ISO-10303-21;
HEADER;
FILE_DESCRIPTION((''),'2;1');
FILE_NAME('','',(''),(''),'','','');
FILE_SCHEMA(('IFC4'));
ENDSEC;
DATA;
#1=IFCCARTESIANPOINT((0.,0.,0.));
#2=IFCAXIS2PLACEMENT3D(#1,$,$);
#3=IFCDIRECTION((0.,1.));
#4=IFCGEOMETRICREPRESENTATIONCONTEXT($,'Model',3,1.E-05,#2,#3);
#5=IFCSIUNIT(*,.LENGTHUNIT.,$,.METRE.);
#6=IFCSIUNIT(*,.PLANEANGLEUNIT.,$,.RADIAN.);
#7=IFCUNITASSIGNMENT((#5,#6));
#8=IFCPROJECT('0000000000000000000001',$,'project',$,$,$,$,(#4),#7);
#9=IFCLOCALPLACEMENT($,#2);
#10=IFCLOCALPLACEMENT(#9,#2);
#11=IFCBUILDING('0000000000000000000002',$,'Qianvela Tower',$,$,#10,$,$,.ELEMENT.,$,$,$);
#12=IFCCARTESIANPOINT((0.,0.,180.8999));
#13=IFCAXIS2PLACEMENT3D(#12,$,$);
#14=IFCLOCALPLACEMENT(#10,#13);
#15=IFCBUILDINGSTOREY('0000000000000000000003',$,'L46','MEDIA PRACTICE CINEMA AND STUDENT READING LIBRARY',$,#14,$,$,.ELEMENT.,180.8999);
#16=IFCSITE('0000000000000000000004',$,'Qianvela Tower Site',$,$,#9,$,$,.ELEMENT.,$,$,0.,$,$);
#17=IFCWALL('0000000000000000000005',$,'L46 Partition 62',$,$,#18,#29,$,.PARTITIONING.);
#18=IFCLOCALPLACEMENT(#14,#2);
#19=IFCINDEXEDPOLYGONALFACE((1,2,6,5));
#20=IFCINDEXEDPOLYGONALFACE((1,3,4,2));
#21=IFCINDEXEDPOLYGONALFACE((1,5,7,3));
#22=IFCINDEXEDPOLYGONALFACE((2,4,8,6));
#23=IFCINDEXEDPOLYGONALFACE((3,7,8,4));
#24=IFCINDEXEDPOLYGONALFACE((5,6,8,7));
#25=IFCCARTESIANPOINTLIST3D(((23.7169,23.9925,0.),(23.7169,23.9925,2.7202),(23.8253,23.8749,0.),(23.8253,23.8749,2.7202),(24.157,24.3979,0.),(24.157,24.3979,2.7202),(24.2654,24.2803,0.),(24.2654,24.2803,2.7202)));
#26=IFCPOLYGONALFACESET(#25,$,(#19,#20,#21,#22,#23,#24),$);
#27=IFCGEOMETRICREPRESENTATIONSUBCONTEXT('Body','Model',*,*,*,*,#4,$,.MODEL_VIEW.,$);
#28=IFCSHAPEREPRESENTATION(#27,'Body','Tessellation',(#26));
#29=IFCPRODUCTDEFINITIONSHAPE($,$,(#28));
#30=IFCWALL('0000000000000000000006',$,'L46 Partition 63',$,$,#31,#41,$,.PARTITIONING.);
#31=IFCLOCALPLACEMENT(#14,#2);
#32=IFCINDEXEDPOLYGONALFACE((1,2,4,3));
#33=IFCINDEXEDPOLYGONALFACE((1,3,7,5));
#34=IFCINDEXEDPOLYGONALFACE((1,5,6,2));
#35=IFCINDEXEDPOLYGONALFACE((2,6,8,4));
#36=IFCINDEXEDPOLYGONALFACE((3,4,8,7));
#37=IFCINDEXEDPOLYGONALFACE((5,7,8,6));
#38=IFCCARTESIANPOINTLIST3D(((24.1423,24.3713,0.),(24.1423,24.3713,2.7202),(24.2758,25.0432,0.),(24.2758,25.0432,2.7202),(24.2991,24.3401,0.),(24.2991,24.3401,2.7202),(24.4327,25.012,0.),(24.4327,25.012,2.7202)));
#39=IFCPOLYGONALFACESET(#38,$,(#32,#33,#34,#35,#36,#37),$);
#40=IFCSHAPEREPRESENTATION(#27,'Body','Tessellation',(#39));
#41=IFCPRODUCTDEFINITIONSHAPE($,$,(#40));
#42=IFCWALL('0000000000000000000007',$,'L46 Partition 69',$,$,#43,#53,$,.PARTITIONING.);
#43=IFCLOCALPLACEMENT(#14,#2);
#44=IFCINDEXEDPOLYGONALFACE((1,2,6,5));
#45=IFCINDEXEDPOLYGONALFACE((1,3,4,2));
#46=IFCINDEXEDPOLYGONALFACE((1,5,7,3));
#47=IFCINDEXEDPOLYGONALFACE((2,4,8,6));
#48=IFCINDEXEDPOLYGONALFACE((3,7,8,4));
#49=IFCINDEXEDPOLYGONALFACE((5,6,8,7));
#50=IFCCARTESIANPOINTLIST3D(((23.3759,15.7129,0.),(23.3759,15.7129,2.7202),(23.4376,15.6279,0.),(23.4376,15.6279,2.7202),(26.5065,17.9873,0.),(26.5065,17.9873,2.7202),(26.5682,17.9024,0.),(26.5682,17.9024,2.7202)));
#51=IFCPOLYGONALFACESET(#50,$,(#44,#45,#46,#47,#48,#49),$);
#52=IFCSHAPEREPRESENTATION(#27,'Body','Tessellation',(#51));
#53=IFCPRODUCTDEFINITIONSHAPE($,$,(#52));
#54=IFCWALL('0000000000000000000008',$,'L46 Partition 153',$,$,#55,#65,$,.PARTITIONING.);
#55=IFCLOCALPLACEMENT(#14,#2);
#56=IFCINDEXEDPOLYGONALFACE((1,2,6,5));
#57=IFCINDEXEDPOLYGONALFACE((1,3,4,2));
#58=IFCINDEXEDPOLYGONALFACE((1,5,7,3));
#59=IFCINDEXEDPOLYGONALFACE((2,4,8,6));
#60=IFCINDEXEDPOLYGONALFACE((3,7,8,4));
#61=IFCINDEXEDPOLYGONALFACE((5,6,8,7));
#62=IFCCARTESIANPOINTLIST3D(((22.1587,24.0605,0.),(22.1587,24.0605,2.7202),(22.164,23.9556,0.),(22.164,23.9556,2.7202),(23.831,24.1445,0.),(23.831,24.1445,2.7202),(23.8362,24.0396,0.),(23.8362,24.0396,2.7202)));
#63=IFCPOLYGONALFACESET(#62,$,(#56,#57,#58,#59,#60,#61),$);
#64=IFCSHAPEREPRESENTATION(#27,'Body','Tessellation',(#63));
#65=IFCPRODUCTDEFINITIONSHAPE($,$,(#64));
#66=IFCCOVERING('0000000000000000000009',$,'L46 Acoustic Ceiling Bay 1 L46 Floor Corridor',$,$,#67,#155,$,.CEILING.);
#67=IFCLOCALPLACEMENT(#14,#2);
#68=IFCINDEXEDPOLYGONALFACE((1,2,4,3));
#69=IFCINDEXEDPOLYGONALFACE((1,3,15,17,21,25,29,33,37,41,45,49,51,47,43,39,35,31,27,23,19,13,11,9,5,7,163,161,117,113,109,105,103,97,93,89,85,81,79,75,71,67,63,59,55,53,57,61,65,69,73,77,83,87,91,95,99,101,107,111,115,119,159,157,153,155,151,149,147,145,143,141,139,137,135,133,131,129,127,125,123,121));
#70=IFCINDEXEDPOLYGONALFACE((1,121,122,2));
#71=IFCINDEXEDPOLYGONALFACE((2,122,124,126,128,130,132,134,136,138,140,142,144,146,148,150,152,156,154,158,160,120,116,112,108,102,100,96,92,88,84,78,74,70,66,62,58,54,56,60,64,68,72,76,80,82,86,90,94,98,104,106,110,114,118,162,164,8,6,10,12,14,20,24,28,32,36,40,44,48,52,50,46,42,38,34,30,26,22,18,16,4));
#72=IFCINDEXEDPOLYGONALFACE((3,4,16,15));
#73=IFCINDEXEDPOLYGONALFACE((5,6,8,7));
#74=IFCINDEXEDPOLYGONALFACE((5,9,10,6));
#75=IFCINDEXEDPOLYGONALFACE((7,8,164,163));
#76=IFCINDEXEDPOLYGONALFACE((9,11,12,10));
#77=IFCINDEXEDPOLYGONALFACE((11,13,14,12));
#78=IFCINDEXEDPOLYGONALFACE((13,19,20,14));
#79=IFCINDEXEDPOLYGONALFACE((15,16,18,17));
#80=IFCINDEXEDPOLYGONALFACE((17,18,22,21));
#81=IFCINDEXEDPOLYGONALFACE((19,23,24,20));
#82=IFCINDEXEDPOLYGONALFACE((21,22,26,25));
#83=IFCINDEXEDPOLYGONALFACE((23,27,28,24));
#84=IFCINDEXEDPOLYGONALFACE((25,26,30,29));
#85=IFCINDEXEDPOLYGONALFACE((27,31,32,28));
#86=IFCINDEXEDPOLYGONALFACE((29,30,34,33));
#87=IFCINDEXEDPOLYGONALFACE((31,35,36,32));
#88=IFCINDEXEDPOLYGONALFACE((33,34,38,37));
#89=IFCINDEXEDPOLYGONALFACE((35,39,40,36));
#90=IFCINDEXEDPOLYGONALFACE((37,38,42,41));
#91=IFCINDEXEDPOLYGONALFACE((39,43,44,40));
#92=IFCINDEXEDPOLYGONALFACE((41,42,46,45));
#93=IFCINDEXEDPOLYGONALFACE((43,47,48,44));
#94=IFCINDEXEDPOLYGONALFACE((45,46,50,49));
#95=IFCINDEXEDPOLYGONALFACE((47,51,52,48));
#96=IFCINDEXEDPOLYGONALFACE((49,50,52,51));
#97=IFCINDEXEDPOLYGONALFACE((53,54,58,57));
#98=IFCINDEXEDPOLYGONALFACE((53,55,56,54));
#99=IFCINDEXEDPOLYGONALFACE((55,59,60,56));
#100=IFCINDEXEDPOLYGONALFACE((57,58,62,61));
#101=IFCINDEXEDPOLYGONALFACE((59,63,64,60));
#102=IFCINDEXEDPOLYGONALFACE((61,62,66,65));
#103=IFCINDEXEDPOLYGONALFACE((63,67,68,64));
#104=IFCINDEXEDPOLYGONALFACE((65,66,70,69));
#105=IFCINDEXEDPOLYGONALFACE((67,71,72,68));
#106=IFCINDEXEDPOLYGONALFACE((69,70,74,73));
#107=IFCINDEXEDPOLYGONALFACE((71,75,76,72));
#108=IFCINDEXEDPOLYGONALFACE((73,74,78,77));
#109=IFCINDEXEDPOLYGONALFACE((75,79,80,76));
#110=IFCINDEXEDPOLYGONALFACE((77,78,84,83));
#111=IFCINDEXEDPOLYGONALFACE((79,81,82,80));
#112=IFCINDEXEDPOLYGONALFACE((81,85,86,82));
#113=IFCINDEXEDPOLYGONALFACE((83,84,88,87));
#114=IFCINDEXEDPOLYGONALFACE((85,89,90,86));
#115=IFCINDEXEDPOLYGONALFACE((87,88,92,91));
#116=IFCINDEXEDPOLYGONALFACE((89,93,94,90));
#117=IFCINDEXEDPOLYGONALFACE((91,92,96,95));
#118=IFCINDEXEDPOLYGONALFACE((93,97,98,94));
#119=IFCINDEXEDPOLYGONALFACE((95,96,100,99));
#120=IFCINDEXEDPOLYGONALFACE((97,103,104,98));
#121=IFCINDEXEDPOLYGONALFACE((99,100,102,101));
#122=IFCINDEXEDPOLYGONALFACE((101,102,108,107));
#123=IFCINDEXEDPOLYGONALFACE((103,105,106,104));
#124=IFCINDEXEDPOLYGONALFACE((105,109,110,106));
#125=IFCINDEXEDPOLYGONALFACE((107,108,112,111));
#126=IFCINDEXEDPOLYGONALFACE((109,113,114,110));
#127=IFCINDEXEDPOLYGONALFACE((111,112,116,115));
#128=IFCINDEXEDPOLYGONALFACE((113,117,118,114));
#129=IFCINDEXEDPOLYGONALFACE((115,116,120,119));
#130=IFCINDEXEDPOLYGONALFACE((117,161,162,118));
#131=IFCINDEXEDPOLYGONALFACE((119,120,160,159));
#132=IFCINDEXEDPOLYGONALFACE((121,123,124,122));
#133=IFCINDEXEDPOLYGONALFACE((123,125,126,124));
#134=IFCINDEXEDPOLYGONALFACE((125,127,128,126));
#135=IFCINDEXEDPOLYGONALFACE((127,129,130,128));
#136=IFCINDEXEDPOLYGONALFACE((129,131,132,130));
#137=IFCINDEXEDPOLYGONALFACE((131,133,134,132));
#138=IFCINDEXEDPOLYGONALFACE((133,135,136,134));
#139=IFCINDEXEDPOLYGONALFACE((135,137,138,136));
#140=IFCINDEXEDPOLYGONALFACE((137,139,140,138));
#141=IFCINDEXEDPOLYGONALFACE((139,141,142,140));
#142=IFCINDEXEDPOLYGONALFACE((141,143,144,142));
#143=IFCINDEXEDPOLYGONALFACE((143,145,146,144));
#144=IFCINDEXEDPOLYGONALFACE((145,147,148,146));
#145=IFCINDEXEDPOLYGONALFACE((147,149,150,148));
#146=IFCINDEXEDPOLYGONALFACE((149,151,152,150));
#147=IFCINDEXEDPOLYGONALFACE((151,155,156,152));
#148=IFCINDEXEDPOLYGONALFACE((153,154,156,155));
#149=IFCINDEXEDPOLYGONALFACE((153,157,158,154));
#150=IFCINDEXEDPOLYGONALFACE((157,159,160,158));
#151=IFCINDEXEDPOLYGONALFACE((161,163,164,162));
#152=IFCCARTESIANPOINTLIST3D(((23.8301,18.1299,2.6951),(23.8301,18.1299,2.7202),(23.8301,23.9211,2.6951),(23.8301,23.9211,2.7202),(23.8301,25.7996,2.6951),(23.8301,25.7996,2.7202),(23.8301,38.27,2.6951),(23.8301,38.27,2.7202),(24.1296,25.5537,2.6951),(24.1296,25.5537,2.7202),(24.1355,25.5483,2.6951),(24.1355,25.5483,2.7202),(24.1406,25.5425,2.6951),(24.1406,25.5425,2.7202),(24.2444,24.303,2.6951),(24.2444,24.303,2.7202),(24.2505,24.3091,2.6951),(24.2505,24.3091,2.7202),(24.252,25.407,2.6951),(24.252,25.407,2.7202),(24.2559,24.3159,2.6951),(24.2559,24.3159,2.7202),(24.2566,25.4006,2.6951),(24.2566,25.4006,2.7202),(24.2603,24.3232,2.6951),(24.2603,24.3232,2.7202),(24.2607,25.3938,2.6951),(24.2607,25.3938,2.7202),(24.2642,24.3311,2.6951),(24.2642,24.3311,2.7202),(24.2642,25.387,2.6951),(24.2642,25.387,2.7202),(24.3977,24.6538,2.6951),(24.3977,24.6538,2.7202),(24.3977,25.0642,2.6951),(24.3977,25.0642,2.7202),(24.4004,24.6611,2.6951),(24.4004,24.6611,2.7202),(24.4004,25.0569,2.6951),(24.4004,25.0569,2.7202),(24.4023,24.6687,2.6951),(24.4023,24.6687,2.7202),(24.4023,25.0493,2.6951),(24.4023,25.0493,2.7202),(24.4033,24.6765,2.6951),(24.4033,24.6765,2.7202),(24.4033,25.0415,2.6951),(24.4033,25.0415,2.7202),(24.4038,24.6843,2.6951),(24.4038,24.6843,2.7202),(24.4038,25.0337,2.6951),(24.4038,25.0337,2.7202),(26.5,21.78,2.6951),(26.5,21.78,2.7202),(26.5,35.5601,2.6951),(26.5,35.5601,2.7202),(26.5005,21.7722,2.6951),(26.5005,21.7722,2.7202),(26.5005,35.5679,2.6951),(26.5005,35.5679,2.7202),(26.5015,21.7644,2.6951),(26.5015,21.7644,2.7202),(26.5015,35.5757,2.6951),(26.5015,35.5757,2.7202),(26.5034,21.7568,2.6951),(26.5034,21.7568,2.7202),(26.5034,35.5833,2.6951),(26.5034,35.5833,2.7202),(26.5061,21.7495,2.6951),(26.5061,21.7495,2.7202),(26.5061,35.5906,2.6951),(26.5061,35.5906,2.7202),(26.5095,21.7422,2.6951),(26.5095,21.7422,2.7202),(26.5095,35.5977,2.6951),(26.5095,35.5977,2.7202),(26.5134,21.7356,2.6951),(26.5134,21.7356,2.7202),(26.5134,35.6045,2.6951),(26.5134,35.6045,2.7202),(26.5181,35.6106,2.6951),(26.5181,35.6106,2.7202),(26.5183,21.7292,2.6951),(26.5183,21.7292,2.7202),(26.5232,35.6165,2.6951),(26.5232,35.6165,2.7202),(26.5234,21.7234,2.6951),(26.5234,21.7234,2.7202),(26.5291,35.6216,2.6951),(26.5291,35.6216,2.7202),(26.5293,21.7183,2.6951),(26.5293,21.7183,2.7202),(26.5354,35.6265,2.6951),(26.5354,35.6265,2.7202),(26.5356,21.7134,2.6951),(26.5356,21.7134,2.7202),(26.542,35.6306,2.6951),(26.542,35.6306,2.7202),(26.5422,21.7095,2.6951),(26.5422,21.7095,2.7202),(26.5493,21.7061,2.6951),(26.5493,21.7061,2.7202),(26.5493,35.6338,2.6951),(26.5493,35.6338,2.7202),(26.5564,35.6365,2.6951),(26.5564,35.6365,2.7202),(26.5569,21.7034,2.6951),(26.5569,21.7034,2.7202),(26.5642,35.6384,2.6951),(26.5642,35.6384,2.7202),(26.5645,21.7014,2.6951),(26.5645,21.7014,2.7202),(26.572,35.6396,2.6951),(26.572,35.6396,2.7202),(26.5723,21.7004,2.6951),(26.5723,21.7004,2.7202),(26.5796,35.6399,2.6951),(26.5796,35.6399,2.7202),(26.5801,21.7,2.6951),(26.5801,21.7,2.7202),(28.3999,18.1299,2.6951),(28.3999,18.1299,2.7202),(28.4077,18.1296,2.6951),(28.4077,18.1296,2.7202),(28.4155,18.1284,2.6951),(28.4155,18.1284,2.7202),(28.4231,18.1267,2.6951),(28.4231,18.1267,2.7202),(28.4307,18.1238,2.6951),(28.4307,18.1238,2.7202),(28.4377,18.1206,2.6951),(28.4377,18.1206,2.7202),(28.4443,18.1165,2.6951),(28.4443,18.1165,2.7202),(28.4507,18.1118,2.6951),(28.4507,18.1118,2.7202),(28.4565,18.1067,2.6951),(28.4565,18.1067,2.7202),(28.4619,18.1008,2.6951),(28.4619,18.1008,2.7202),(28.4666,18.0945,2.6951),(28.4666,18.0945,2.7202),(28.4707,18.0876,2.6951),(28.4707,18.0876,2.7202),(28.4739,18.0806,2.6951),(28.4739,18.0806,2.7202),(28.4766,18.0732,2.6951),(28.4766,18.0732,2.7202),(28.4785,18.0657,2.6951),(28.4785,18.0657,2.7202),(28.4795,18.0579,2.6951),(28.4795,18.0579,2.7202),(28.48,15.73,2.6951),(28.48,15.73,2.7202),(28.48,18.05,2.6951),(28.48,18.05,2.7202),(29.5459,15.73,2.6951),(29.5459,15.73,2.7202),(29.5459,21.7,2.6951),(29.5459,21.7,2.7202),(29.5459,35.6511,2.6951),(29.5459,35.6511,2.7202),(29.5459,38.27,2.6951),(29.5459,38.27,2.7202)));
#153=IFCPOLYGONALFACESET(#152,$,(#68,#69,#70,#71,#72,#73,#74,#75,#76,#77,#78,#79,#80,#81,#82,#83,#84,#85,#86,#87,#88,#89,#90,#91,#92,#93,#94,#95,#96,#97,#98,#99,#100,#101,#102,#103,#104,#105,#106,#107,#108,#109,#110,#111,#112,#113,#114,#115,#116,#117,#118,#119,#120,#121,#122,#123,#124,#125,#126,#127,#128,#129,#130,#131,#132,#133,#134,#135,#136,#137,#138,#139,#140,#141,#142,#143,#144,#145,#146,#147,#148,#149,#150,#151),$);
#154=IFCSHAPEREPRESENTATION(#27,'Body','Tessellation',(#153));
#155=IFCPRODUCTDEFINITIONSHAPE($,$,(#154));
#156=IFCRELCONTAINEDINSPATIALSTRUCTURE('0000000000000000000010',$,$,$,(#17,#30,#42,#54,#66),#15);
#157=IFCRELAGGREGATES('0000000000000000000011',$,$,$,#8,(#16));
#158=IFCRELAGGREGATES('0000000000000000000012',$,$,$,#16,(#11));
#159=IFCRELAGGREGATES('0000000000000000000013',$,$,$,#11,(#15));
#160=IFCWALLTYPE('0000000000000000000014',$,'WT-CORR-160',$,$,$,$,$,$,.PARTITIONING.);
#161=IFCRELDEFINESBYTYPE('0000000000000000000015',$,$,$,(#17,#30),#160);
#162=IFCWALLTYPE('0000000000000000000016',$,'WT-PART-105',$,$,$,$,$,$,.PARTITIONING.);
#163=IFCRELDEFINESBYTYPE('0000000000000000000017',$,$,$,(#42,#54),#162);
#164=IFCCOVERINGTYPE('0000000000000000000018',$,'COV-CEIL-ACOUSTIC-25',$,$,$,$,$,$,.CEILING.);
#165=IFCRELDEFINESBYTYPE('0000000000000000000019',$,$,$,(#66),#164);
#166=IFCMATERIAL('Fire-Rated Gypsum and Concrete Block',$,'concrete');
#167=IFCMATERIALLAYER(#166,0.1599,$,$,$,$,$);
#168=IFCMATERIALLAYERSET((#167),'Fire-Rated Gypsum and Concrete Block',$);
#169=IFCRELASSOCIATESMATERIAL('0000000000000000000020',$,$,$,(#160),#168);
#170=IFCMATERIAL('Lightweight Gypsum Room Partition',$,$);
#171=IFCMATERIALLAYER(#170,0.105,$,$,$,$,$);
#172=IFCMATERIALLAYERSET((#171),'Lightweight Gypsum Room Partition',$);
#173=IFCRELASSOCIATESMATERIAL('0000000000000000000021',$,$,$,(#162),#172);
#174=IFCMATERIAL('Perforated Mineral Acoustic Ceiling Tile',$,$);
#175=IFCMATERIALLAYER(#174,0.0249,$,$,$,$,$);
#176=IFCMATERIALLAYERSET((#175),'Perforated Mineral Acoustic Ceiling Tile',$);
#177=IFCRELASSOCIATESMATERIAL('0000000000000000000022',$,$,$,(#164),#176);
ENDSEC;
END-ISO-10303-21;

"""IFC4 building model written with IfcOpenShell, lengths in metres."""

from ifc_helpers import new_model, si_unit, direction, frame, frame_2d, origin, place, context, subcontext, project, spatial, polyline, rectangle, outline, extrude, material, layer, layer_set, type_object, element, save


model = new_model("IFC4")

# Units and contexts
model_context = context("Model", 3, precision=1e-05, world=origin(), true_north=direction((0.0, 1.0)))
body_context = subcontext(model_context, "Body", "Model", "MODEL_VIEW")
ifc_project = project(units=[si_unit("LENGTHUNIT", "METRE"), si_unit("PLANEANGLEUNIT", "RADIAN")], contexts=[model_context])

# Site, building, storey
site_placement = place(None, origin())
site = spatial("IfcSite", under=ifc_project, at=site_placement, Name="Qianvela Tower Site", CompositionType="ELEMENT", RefElevation=0.0)
building_placement = place(site_placement, origin())
building = spatial("IfcBuilding", under=site, at=building_placement, Name="Qianvela Tower", CompositionType="ELEMENT")
storey_placement = place(building_placement, frame((0.0, 0.0, 180.8999)))
storey = spatial("IfcBuildingStorey", under=building, at=storey_placement, Name="L46", Description="MEDIA PRACTICE CINEMA AND STUDENT READING LIBRARY", CompositionType="ELEMENT", Elevation=180.8999)

# Walls
ifc_material_1 = material(Name="Fire-Rated Gypsum and Concrete Block", Category="concrete")
ifc_layer_1 = layer(ifc_material_1, 0.1599)
ifc_layer_set_1 = layer_set([ifc_layer_1], Name="Fire-Rated Gypsum and Concrete Block")
wall_type_1 = type_object("IfcWallType", Name="WT-CORR-160", PredefinedType="PARTITIONING", material=ifc_layer_set_1)
wall_1_placement = place(storey_placement, frame((23.771, 23.9336, 0.0), z_axis=(0.0, 0.0, 1.0), x_axis=(0.735476, 0.677551, 0.0)))
element("IfcWall", 1, at=wall_1_placement, inside=storey, type_object=wall_type_1, Name="L46 Partition 62", PredefinedType="PARTITIONING", context=body_context, shape_type="SweptSolid", body=[
    extrude(rectangle(XDim=0.5984, YDim=0.1599, at=frame_2d((0.2993, 0.0))), origin(), (0.0, 0.0, 1.0), 2.7202),
])
wall_2_placement = place(storey_placement, frame((24.2207, 24.3557, 0.0), z_axis=(0.0, 0.0, 1.0), x_axis=(0.194951, 0.980813, 0.0)))
element("IfcWall", 2, at=wall_2_placement, inside=storey, type_object=wall_type_1, Name="L46 Partition 63", PredefinedType="PARTITIONING", context=body_context, shape_type="SweptSolid", body=[
    extrude(rectangle(XDim=0.6851, YDim=0.1599, at=frame_2d((0.3425, 0.0))), origin(), (0.0, 0.0, 1.0), 2.7202),
])
ifc_material_2 = material(Name="Lightweight Gypsum Room Partition")
ifc_layer_2 = layer(ifc_material_2, 0.105)
ifc_layer_set_2 = layer_set([ifc_layer_2], Name="Lightweight Gypsum Room Partition")
wall_type_2 = type_object("IfcWallType", Name="WT-PART-105", PredefinedType="PARTITIONING", material=ifc_layer_set_2)
wall_3_placement = place(storey_placement, frame((23.4067, 15.6704, 0.0), z_axis=(0.0, 0.0, 1.0), x_axis=(0.809031, 0.587766, 0.0)))
element("IfcWall", 3, at=wall_3_placement, inside=storey, type_object=wall_type_2, Name="L46 Partition 69", PredefinedType="PARTITIONING", context=body_context, shape_type="SweptSolid", body=[
    extrude(rectangle(XDim=3.8696, YDim=0.105, at=frame_2d((1.9348, 0.0))), origin(), (0.0, 0.0, 1.0), 2.7202),
])
wall_4_placement = place(storey_placement, frame((22.1614, 24.0081, 0.0), z_axis=(0.0, 0.0, 1.0), x_axis=(0.998741, 0.050163, 0.0)))
element("IfcWall", 4, at=wall_4_placement, inside=storey, type_object=wall_type_2, Name="L46 Partition 153", PredefinedType="PARTITIONING", context=body_context, shape_type="SweptSolid", body=[
    extrude(rectangle(XDim=1.6743, YDim=0.105, at=frame_2d((0.8372, 0.0))), origin(), (0.0, 0.0, 1.0), 2.7202),
])

# Covering
ifc_material_3 = material(Name="Perforated Mineral Acoustic Ceiling Tile")
ifc_layer_3 = layer(ifc_material_3, 0.0249)
ifc_layer_set_3 = layer_set([ifc_layer_3], Name="Perforated Mineral Acoustic Ceiling Tile")
covering_type_1 = type_object("IfcCoveringType", Name="COV-CEIL-ACOUSTIC-25", PredefinedType="CEILING", material=ifc_layer_set_3)
covering_1_placement = place(storey_placement, frame((0.0, 0.0, 2.6951)))
element("IfcCovering", 5, at=covering_1_placement, inside=storey, type_object=covering_type_1, Name="L46 Acoustic Ceiling Bay 1 L46 Floor Corridor", PredefinedType="CEILING", context=body_context, shape_type="SweptSolid", body=[
    extrude(outline(polyline([(24.4033, 25.0415), (24.4023, 25.0493), (24.4004, 25.0569), (24.3977, 25.0642), (24.2642, 25.387), (24.2607, 25.3938), (24.2566, 25.4006), (24.252, 25.407), (24.1406, 25.5425), (24.1355, 25.5483), (24.1296, 25.5537), (23.8301, 25.7996), (23.8301, 38.27), (29.5459, 38.27), (29.5459, 35.6511), (26.5796, 35.6399), (26.572, 35.6396), (26.5642, 35.6384), (26.5564, 35.6365), (26.5493, 35.6338), (26.542, 35.6306), (26.5354, 35.6265), (26.5291, 35.6216), (26.5232, 35.6165), (26.5181, 35.6106), (26.5134, 35.6045), (26.5095, 35.5977), (26.5061, 35.5906), (26.5034, 35.5833), (26.5015, 35.5757), (26.5005, 35.5679), (26.5, 35.5601), (26.5, 21.78), (26.5005, 21.7722), (26.5015, 21.7644), (26.5034, 21.7568), (26.5061, 21.7495), (26.5095, 21.7422), (26.5134, 21.7356), (26.5183, 21.7292), (26.5234, 21.7234), (26.5293, 21.7183), (26.5356, 21.7134), (26.5422, 21.7095), (26.5493, 21.7061), (26.5569, 21.7034), (26.5645, 21.7014), (26.5723, 21.7004), (26.5801, 21.7), (29.5459, 21.7), (29.5459, 15.73), (28.48, 15.73), (28.48, 18.05), (28.4795, 18.0579), (28.4785, 18.0657), (28.4766, 18.0732), (28.4739, 18.0806), (28.4707, 18.0876), (28.4666, 18.0945), (28.4619, 18.1008), (28.4565, 18.1067), (28.4507, 18.1118), (28.4443, 18.1165), (28.4377, 18.1206), (28.4307, 18.1238), (28.4231, 18.1267), (28.4155, 18.1284), (28.4077, 18.1296), (28.3999, 18.1299), (23.8301, 18.1299), (23.8301, 23.9211), (24.2444, 24.303), (24.2505, 24.3091), (24.2559, 24.3159), (24.2603, 24.3232), (24.2642, 24.3311), (24.3977, 24.6538), (24.4004, 24.6611), (24.4023, 24.6687), (24.4033, 24.6765), (24.4038, 24.6843), (24.4038, 25.0337), (24.4033, 25.0415)])), origin(), (0.0, 0.0, 1.0), 0.0251),
])

save(model, "model.ifc")
